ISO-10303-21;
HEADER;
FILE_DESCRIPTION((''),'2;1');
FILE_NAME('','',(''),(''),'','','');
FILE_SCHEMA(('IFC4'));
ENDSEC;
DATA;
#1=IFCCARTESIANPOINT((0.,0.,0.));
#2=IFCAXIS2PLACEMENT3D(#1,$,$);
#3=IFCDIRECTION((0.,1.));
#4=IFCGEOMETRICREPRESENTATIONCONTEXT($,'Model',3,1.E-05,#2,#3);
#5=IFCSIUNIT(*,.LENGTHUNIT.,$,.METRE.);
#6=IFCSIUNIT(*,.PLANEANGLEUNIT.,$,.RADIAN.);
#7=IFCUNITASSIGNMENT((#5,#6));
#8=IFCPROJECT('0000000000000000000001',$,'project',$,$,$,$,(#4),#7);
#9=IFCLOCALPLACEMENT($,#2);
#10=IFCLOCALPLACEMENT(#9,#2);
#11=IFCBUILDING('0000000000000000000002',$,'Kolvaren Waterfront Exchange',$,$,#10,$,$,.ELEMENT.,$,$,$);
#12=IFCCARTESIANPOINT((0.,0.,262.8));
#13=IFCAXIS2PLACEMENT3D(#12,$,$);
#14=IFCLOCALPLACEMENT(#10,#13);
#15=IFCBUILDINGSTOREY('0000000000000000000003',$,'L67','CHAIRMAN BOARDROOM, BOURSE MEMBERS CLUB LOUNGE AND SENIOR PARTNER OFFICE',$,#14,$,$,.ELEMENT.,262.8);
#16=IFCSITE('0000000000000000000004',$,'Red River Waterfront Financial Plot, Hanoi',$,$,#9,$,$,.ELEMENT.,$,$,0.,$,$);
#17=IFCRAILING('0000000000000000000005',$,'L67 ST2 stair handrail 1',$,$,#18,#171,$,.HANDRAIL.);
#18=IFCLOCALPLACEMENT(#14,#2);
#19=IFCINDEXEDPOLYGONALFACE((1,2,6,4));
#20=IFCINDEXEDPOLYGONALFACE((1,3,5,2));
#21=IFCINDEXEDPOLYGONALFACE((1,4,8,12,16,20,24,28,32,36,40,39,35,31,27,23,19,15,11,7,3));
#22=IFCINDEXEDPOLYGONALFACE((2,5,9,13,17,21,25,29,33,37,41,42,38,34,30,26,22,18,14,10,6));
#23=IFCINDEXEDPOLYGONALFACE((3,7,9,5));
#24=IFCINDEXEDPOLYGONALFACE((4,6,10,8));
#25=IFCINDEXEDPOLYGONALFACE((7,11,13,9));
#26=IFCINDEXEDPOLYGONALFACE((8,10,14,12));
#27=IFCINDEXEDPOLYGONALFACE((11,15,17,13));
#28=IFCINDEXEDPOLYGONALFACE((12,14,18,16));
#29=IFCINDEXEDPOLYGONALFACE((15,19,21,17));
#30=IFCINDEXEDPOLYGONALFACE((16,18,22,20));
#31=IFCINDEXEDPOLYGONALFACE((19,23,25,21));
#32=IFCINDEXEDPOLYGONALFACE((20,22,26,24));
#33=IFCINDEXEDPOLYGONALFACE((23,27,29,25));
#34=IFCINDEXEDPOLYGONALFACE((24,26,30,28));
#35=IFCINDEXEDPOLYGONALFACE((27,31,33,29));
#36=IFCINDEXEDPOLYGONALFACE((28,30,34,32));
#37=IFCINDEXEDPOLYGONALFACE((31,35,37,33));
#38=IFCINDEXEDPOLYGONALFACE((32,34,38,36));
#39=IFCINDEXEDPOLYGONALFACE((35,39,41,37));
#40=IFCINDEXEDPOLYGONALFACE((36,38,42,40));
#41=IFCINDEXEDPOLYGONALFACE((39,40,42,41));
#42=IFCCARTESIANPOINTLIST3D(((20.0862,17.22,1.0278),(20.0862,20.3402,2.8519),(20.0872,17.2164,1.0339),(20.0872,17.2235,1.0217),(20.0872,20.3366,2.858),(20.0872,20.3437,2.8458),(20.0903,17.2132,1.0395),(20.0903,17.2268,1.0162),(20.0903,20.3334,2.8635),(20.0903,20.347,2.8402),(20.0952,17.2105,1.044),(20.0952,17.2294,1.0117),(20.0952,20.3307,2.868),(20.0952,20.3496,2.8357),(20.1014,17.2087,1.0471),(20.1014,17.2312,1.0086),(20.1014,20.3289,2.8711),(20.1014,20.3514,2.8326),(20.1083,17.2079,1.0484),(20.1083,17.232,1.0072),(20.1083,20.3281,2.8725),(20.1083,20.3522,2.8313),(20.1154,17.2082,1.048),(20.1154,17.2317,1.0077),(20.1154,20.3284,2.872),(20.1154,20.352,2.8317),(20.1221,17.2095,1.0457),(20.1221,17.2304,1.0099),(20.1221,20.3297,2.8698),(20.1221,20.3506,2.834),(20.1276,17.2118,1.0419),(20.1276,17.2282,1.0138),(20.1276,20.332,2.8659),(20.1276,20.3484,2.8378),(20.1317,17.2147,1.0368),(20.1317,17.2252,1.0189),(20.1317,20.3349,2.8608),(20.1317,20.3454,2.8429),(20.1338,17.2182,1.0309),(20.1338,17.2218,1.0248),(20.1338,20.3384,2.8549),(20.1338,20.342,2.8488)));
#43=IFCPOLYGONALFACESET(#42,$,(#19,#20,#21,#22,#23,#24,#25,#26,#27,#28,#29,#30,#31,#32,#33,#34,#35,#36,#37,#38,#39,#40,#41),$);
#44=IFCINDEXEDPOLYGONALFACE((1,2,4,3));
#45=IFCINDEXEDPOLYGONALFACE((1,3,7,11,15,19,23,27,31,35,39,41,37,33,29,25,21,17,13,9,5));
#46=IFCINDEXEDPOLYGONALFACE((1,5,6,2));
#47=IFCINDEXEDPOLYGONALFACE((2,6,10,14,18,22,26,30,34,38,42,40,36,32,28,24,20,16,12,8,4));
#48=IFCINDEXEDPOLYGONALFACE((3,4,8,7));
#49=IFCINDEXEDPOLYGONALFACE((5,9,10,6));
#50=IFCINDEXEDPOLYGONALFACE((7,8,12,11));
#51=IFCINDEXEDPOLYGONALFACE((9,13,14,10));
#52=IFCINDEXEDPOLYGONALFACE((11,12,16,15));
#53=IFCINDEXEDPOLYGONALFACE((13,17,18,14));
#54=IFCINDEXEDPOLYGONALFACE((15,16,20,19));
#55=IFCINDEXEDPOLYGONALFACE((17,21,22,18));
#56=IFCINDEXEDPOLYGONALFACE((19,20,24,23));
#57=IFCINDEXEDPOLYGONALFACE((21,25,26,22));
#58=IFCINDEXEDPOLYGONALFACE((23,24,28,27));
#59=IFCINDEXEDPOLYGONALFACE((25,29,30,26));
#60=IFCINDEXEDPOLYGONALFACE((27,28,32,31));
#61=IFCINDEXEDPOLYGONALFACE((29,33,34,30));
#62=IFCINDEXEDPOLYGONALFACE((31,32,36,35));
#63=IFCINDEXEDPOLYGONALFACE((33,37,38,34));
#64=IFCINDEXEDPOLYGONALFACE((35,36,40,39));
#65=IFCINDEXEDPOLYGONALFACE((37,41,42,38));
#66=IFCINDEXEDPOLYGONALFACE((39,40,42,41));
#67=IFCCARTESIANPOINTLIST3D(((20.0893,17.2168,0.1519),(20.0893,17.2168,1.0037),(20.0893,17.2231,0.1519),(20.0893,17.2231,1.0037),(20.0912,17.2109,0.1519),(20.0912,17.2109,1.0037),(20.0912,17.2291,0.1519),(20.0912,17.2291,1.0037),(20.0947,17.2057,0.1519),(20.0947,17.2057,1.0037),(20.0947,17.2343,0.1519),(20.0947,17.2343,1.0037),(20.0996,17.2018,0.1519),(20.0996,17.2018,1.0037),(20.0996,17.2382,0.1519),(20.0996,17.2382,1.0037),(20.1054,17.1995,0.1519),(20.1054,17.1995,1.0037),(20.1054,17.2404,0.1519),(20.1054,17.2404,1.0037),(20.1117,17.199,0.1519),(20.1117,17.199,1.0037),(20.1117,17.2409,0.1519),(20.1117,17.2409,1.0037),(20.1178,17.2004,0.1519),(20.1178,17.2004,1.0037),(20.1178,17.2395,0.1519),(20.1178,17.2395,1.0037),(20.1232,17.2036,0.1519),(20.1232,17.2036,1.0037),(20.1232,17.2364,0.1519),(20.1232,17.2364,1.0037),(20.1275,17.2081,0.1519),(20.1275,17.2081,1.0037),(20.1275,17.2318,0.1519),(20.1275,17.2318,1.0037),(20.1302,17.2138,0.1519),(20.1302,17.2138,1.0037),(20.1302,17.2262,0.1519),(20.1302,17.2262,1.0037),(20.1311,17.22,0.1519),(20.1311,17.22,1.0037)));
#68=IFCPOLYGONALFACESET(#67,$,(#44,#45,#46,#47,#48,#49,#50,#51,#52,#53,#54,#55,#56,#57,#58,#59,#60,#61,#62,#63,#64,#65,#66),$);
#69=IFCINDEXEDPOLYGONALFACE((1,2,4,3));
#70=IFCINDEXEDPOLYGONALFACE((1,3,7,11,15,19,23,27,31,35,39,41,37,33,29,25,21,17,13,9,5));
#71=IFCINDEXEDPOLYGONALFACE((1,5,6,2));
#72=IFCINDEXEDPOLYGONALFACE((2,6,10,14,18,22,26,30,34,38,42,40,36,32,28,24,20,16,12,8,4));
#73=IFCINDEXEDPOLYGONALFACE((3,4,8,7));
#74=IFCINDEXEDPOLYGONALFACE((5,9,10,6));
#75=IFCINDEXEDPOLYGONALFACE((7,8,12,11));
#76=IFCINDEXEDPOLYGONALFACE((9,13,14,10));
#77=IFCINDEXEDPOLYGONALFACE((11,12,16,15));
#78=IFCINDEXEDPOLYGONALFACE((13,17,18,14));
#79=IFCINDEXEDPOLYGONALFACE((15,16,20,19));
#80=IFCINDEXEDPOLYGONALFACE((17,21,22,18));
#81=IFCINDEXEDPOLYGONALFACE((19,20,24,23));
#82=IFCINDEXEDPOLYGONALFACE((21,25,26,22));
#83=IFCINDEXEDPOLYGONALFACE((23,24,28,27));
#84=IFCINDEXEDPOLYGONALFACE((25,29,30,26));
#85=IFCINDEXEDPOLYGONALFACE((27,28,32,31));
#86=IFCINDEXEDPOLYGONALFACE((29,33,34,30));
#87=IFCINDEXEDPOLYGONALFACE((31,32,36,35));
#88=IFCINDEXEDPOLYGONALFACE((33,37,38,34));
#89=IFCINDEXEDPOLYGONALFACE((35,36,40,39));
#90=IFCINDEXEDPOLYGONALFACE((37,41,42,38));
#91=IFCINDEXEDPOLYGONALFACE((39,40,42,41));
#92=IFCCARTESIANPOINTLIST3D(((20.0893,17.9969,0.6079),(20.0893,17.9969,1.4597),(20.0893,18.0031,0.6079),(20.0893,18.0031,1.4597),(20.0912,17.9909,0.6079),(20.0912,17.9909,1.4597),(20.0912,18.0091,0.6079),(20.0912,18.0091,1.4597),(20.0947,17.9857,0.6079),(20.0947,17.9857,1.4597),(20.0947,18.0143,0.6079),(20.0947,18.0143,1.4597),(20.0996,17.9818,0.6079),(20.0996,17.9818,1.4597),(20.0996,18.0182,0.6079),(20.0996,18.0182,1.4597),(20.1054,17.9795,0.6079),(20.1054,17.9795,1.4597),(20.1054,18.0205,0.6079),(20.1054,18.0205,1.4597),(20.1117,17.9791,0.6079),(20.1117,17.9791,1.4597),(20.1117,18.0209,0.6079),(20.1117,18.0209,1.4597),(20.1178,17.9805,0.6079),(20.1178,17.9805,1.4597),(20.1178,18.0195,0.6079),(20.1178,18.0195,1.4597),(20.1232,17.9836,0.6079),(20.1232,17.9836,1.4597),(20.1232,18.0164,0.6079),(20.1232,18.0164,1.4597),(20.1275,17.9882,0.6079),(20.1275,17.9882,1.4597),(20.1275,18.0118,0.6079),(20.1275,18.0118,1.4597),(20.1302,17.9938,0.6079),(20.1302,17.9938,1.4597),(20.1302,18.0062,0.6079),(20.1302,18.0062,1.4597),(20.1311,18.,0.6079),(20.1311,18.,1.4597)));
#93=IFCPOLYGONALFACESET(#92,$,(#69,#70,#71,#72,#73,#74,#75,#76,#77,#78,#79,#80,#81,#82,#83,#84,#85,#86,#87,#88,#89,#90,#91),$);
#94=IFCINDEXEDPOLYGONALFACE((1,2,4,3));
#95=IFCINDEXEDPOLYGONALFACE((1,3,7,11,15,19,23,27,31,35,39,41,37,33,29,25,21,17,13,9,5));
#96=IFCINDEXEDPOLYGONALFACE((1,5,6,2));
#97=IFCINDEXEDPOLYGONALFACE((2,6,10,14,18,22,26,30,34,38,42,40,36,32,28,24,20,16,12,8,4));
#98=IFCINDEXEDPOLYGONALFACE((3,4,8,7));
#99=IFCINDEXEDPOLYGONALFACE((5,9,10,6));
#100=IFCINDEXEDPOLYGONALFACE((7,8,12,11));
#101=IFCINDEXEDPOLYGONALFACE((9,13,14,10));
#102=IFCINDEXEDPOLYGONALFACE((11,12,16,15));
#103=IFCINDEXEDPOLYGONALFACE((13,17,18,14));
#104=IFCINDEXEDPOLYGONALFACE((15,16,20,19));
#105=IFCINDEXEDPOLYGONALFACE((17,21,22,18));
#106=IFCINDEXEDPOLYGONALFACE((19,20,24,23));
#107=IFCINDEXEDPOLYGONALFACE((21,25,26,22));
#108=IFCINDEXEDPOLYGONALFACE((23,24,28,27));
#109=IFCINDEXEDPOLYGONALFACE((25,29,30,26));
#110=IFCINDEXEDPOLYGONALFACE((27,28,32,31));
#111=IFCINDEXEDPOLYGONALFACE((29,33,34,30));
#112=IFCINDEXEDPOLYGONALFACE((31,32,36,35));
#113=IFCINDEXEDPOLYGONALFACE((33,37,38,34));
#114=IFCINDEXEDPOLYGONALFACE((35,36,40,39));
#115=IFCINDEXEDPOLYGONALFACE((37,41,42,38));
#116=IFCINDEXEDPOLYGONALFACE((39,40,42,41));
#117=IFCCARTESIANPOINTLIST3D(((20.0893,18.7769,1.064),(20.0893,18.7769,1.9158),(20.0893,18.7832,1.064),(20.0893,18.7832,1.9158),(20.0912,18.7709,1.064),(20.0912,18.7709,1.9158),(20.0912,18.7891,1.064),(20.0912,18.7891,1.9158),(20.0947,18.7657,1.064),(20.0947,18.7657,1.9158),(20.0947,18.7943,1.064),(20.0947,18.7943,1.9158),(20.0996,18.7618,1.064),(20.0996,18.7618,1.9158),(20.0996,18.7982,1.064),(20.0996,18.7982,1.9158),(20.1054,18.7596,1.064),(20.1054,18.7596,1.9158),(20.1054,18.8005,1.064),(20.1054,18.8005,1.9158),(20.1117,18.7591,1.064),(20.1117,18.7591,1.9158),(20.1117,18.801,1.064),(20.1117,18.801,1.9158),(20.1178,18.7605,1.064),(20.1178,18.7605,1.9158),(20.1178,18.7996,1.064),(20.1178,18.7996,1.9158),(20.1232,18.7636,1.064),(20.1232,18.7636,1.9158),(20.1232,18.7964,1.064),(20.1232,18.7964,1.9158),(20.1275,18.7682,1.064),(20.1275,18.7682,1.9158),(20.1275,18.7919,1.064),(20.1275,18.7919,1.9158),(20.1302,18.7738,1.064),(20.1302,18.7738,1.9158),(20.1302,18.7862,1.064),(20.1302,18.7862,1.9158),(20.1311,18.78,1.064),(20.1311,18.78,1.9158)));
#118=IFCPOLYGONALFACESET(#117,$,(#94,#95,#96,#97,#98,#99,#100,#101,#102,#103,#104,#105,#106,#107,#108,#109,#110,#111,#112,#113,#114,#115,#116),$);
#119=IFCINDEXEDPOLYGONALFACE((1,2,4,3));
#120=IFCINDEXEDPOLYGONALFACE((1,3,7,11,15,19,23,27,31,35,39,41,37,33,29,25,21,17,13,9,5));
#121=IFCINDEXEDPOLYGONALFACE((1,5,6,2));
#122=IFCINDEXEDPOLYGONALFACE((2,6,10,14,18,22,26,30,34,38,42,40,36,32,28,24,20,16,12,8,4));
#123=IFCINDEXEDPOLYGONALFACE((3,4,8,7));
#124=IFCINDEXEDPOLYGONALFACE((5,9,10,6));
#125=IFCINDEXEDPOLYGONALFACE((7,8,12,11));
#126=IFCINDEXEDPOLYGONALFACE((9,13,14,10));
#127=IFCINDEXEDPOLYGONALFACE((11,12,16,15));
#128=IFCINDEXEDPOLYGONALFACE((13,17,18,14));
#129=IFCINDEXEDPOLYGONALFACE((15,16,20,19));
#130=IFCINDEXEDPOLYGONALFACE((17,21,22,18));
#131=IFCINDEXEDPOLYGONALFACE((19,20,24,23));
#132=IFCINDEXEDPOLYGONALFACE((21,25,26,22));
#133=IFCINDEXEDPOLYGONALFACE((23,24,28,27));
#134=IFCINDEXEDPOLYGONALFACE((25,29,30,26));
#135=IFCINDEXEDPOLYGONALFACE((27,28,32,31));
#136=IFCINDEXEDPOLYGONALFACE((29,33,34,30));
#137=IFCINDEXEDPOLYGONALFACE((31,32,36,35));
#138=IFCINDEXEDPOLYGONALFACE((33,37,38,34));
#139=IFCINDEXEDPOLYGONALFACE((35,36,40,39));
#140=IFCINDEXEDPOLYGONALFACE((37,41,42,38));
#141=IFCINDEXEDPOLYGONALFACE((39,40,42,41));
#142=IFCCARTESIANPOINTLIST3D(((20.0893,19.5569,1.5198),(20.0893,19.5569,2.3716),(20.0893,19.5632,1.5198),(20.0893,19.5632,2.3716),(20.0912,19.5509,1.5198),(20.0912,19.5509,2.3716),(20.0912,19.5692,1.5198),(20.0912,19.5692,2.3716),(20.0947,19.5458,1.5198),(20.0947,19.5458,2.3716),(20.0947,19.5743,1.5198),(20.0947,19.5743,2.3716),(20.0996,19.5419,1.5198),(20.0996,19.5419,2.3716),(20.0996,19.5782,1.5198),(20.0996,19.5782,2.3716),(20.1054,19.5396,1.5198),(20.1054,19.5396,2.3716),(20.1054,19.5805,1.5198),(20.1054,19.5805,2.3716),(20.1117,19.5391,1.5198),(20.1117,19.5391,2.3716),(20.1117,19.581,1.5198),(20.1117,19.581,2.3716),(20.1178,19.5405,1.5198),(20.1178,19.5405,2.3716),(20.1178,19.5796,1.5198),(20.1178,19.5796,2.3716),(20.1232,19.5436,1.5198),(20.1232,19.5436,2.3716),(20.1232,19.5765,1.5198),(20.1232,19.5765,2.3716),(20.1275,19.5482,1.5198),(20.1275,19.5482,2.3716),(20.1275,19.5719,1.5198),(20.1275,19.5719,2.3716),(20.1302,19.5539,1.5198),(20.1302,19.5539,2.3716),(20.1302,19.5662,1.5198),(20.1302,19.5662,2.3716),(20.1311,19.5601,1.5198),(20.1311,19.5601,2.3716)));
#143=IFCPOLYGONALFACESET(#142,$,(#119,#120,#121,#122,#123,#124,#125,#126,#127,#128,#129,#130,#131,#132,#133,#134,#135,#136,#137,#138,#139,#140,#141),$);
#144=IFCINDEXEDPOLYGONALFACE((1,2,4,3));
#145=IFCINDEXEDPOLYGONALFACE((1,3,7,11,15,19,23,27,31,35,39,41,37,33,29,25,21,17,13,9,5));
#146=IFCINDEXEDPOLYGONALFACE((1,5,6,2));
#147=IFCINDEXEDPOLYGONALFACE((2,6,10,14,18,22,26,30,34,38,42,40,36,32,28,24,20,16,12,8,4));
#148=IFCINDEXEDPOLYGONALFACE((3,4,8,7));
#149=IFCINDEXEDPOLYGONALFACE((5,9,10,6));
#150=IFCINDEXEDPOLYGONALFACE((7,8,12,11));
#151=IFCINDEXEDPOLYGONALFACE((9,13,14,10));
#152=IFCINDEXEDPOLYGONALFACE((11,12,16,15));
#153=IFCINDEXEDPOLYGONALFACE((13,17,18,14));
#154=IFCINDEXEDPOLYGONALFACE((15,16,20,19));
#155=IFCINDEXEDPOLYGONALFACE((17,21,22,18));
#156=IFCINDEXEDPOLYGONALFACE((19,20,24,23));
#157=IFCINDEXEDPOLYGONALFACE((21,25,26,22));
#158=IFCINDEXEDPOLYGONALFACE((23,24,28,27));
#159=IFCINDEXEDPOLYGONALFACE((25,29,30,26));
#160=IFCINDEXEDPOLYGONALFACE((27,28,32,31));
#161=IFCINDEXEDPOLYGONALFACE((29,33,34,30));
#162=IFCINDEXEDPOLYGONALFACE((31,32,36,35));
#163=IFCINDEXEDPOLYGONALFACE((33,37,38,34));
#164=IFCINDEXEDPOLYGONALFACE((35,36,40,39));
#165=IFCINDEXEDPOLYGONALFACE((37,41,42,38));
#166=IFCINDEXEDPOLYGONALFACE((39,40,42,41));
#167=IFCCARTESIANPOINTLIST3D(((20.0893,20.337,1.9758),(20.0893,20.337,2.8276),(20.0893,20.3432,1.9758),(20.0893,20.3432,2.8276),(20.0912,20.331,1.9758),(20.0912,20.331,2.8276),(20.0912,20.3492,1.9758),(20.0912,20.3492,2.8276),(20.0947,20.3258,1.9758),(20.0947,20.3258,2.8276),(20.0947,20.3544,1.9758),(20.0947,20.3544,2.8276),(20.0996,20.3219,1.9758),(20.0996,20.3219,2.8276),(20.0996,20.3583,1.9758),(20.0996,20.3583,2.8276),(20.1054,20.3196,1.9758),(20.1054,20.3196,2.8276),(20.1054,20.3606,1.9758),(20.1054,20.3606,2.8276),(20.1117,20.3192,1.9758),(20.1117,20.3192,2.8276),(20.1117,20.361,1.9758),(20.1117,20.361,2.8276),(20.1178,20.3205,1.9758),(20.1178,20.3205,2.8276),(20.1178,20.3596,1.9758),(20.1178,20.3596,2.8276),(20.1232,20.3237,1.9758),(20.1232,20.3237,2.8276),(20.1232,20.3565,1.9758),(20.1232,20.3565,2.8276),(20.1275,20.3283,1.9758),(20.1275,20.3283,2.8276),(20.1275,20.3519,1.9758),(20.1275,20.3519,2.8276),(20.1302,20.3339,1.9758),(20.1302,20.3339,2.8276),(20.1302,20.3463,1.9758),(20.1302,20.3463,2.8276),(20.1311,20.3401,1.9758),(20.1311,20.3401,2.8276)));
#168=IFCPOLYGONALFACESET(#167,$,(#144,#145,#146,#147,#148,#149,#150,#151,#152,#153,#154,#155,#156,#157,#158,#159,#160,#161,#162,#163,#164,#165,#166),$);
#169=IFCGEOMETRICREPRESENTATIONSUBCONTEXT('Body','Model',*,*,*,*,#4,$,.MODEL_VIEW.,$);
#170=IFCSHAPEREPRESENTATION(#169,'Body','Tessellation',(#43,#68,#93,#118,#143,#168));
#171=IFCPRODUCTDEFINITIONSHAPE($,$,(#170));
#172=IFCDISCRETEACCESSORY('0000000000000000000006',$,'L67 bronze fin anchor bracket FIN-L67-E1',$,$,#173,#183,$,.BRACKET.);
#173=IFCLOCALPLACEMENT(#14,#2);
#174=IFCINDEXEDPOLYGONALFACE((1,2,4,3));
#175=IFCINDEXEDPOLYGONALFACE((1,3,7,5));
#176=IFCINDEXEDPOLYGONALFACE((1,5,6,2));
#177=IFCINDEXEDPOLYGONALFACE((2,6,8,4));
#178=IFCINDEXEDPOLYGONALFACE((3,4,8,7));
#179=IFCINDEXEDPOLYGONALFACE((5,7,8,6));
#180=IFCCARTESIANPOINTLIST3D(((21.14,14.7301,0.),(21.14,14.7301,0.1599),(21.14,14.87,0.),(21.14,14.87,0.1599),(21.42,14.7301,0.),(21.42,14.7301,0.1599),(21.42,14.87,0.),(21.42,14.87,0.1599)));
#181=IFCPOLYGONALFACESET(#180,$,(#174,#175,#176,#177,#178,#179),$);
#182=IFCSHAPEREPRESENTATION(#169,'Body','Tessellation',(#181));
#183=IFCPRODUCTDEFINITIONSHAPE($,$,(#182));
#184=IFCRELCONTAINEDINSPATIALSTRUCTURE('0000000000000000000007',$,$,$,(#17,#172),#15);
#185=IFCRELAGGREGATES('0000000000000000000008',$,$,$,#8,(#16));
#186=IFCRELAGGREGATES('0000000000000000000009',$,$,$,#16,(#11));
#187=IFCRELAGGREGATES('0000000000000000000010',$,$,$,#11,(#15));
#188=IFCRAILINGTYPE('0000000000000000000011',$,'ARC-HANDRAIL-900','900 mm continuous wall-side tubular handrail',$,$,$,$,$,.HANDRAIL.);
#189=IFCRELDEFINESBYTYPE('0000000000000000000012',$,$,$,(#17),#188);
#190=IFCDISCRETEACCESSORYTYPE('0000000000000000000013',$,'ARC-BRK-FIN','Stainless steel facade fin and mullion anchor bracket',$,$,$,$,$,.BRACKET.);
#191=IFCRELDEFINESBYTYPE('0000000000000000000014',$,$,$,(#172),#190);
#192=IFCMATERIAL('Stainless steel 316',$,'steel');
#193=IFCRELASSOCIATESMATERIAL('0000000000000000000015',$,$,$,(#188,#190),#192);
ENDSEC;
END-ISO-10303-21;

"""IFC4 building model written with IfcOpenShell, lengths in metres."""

from ifc_helpers import new_model, si_unit, direction, frame, origin, origin_with_axes, origin_2d, place, context, subcontext, project, spatial, rectangle, circle, extrude, source, transform, mapped, material, type_object, element, save


model = new_model("IFC4")

# Units and contexts
model_context = context("Model", 3, precision=1e-05, world=origin(), true_north=direction((0.0, 1.0)))
body_context = subcontext(model_context, "Body", "Model", "MODEL_VIEW")
ifc_project = project(units=[si_unit("LENGTHUNIT", "METRE"), si_unit("PLANEANGLEUNIT", "RADIAN")], contexts=[model_context])

# Site, building, storey
site_placement = place(None, origin())
site = spatial("IfcSite", under=ifc_project, at=site_placement, Name="Red River Waterfront Financial Plot, Hanoi", CompositionType="ELEMENT", RefElevation=0.0)
building_placement = place(site_placement, origin())
building = spatial("IfcBuilding", under=site, at=building_placement, Name="Kolvaren Waterfront Exchange", CompositionType="ELEMENT")
storey_placement = place(building_placement, frame((0.0, 0.0, 262.8)))
storey = spatial("IfcBuildingStorey", under=building, at=storey_placement, Name="L67", Description="CHAIRMAN BOARDROOM, BOURSE MEMBERS CLUB LOUNGE AND SENIOR PARTNER OFFICE", CompositionType="ELEMENT", Elevation=262.8)

# Railing
ifc_material_1 = material(Name="Stainless steel 316", Category="steel")
railing_type_1 = type_object("IfcRailingType", Name="ARC-HANDRAIL-900", Description="900 mm continuous wall-side tubular handrail", PredefinedType="HANDRAIL", material=ifc_material_1)
railing_1_placement = place(storey_placement, frame((20.1101, 17.22, 0.1519)))
element("IfcRailing", 1, at=railing_1_placement, inside=storey, type_object=railing_type_1, Name="L67 ST2 stair handrail 1", PredefinedType="HANDRAIL", context=body_context, shape_type="SweptSolid", body=[
    extrude(circle(Radius=0.0239, at=origin_2d()), frame((0.0, 0.0, 0.876), z_axis=(0.0, 0.863308, 0.504677), x_axis=(-1.0, 0.0, 0.0)), (0.0, 0.0, 1.0), 3.6143),
    extrude(circle(Radius=0.021, at=origin_2d()), origin(), (0.0, 0.0, 1.0), 0.8518),
    extrude(circle(Radius=0.021, at=origin_2d()), frame((0.0, 0.78, 0.4561)), (0.0, 0.0, 1.0), 0.8518),
    extrude(circle(Radius=0.021, at=origin_2d()), frame((0.0, 1.5601, 0.9121)), (0.0, 0.0, 1.0), 0.8518),
    extrude(circle(Radius=0.021, at=origin_2d()), frame((0.0, 2.3401, 1.3679)), (0.0, 0.0, 1.0), 0.8518),
    extrude(circle(Radius=0.021, at=origin_2d()), frame((0.0, 3.1201, 1.824)), (0.0, 0.0, 1.0), 0.8518),
])

# Discrete accessory
discrete_accessory_type = type_object("IfcDiscreteAccessoryType", Name="ARC-BRK-FIN", Description="Stainless steel facade fin and mullion anchor bracket", PredefinedType="BRACKET", material=ifc_material_1)
shared_shape = source(origin_with_axes(), body_context, "Body", "SweptSolid", [
    extrude(rectangle(XDim=0.28, YDim=0.1399, at=origin_2d()), origin(), (0.0, 0.0, 1.0), 0.1599),
])
discrete_accessory_placement = place(storey_placement, frame((21.28, 14.8, 0.0), z_axis=(0.0, 0.0, 1.0), x_axis=(1.0, 0.0, 0.0)))
element("IfcDiscreteAccessory", 2, at=discrete_accessory_placement, inside=storey, type_object=discrete_accessory_type, Name="L67 bronze fin anchor bracket FIN-L67-E1", PredefinedType="BRACKET", context=body_context, shape_type="MappedRepresentation", body=[
    mapped(shared_shape, transform((0.0, 0.0, 0.0), x_axis=(1.0, 0.0, 0.0), y_axis=(0.0, 1.0, 0.0), z_axis=(0.0, 0.0, 1.0), scale=1.0)),
])

save(model, "model.ifc")
